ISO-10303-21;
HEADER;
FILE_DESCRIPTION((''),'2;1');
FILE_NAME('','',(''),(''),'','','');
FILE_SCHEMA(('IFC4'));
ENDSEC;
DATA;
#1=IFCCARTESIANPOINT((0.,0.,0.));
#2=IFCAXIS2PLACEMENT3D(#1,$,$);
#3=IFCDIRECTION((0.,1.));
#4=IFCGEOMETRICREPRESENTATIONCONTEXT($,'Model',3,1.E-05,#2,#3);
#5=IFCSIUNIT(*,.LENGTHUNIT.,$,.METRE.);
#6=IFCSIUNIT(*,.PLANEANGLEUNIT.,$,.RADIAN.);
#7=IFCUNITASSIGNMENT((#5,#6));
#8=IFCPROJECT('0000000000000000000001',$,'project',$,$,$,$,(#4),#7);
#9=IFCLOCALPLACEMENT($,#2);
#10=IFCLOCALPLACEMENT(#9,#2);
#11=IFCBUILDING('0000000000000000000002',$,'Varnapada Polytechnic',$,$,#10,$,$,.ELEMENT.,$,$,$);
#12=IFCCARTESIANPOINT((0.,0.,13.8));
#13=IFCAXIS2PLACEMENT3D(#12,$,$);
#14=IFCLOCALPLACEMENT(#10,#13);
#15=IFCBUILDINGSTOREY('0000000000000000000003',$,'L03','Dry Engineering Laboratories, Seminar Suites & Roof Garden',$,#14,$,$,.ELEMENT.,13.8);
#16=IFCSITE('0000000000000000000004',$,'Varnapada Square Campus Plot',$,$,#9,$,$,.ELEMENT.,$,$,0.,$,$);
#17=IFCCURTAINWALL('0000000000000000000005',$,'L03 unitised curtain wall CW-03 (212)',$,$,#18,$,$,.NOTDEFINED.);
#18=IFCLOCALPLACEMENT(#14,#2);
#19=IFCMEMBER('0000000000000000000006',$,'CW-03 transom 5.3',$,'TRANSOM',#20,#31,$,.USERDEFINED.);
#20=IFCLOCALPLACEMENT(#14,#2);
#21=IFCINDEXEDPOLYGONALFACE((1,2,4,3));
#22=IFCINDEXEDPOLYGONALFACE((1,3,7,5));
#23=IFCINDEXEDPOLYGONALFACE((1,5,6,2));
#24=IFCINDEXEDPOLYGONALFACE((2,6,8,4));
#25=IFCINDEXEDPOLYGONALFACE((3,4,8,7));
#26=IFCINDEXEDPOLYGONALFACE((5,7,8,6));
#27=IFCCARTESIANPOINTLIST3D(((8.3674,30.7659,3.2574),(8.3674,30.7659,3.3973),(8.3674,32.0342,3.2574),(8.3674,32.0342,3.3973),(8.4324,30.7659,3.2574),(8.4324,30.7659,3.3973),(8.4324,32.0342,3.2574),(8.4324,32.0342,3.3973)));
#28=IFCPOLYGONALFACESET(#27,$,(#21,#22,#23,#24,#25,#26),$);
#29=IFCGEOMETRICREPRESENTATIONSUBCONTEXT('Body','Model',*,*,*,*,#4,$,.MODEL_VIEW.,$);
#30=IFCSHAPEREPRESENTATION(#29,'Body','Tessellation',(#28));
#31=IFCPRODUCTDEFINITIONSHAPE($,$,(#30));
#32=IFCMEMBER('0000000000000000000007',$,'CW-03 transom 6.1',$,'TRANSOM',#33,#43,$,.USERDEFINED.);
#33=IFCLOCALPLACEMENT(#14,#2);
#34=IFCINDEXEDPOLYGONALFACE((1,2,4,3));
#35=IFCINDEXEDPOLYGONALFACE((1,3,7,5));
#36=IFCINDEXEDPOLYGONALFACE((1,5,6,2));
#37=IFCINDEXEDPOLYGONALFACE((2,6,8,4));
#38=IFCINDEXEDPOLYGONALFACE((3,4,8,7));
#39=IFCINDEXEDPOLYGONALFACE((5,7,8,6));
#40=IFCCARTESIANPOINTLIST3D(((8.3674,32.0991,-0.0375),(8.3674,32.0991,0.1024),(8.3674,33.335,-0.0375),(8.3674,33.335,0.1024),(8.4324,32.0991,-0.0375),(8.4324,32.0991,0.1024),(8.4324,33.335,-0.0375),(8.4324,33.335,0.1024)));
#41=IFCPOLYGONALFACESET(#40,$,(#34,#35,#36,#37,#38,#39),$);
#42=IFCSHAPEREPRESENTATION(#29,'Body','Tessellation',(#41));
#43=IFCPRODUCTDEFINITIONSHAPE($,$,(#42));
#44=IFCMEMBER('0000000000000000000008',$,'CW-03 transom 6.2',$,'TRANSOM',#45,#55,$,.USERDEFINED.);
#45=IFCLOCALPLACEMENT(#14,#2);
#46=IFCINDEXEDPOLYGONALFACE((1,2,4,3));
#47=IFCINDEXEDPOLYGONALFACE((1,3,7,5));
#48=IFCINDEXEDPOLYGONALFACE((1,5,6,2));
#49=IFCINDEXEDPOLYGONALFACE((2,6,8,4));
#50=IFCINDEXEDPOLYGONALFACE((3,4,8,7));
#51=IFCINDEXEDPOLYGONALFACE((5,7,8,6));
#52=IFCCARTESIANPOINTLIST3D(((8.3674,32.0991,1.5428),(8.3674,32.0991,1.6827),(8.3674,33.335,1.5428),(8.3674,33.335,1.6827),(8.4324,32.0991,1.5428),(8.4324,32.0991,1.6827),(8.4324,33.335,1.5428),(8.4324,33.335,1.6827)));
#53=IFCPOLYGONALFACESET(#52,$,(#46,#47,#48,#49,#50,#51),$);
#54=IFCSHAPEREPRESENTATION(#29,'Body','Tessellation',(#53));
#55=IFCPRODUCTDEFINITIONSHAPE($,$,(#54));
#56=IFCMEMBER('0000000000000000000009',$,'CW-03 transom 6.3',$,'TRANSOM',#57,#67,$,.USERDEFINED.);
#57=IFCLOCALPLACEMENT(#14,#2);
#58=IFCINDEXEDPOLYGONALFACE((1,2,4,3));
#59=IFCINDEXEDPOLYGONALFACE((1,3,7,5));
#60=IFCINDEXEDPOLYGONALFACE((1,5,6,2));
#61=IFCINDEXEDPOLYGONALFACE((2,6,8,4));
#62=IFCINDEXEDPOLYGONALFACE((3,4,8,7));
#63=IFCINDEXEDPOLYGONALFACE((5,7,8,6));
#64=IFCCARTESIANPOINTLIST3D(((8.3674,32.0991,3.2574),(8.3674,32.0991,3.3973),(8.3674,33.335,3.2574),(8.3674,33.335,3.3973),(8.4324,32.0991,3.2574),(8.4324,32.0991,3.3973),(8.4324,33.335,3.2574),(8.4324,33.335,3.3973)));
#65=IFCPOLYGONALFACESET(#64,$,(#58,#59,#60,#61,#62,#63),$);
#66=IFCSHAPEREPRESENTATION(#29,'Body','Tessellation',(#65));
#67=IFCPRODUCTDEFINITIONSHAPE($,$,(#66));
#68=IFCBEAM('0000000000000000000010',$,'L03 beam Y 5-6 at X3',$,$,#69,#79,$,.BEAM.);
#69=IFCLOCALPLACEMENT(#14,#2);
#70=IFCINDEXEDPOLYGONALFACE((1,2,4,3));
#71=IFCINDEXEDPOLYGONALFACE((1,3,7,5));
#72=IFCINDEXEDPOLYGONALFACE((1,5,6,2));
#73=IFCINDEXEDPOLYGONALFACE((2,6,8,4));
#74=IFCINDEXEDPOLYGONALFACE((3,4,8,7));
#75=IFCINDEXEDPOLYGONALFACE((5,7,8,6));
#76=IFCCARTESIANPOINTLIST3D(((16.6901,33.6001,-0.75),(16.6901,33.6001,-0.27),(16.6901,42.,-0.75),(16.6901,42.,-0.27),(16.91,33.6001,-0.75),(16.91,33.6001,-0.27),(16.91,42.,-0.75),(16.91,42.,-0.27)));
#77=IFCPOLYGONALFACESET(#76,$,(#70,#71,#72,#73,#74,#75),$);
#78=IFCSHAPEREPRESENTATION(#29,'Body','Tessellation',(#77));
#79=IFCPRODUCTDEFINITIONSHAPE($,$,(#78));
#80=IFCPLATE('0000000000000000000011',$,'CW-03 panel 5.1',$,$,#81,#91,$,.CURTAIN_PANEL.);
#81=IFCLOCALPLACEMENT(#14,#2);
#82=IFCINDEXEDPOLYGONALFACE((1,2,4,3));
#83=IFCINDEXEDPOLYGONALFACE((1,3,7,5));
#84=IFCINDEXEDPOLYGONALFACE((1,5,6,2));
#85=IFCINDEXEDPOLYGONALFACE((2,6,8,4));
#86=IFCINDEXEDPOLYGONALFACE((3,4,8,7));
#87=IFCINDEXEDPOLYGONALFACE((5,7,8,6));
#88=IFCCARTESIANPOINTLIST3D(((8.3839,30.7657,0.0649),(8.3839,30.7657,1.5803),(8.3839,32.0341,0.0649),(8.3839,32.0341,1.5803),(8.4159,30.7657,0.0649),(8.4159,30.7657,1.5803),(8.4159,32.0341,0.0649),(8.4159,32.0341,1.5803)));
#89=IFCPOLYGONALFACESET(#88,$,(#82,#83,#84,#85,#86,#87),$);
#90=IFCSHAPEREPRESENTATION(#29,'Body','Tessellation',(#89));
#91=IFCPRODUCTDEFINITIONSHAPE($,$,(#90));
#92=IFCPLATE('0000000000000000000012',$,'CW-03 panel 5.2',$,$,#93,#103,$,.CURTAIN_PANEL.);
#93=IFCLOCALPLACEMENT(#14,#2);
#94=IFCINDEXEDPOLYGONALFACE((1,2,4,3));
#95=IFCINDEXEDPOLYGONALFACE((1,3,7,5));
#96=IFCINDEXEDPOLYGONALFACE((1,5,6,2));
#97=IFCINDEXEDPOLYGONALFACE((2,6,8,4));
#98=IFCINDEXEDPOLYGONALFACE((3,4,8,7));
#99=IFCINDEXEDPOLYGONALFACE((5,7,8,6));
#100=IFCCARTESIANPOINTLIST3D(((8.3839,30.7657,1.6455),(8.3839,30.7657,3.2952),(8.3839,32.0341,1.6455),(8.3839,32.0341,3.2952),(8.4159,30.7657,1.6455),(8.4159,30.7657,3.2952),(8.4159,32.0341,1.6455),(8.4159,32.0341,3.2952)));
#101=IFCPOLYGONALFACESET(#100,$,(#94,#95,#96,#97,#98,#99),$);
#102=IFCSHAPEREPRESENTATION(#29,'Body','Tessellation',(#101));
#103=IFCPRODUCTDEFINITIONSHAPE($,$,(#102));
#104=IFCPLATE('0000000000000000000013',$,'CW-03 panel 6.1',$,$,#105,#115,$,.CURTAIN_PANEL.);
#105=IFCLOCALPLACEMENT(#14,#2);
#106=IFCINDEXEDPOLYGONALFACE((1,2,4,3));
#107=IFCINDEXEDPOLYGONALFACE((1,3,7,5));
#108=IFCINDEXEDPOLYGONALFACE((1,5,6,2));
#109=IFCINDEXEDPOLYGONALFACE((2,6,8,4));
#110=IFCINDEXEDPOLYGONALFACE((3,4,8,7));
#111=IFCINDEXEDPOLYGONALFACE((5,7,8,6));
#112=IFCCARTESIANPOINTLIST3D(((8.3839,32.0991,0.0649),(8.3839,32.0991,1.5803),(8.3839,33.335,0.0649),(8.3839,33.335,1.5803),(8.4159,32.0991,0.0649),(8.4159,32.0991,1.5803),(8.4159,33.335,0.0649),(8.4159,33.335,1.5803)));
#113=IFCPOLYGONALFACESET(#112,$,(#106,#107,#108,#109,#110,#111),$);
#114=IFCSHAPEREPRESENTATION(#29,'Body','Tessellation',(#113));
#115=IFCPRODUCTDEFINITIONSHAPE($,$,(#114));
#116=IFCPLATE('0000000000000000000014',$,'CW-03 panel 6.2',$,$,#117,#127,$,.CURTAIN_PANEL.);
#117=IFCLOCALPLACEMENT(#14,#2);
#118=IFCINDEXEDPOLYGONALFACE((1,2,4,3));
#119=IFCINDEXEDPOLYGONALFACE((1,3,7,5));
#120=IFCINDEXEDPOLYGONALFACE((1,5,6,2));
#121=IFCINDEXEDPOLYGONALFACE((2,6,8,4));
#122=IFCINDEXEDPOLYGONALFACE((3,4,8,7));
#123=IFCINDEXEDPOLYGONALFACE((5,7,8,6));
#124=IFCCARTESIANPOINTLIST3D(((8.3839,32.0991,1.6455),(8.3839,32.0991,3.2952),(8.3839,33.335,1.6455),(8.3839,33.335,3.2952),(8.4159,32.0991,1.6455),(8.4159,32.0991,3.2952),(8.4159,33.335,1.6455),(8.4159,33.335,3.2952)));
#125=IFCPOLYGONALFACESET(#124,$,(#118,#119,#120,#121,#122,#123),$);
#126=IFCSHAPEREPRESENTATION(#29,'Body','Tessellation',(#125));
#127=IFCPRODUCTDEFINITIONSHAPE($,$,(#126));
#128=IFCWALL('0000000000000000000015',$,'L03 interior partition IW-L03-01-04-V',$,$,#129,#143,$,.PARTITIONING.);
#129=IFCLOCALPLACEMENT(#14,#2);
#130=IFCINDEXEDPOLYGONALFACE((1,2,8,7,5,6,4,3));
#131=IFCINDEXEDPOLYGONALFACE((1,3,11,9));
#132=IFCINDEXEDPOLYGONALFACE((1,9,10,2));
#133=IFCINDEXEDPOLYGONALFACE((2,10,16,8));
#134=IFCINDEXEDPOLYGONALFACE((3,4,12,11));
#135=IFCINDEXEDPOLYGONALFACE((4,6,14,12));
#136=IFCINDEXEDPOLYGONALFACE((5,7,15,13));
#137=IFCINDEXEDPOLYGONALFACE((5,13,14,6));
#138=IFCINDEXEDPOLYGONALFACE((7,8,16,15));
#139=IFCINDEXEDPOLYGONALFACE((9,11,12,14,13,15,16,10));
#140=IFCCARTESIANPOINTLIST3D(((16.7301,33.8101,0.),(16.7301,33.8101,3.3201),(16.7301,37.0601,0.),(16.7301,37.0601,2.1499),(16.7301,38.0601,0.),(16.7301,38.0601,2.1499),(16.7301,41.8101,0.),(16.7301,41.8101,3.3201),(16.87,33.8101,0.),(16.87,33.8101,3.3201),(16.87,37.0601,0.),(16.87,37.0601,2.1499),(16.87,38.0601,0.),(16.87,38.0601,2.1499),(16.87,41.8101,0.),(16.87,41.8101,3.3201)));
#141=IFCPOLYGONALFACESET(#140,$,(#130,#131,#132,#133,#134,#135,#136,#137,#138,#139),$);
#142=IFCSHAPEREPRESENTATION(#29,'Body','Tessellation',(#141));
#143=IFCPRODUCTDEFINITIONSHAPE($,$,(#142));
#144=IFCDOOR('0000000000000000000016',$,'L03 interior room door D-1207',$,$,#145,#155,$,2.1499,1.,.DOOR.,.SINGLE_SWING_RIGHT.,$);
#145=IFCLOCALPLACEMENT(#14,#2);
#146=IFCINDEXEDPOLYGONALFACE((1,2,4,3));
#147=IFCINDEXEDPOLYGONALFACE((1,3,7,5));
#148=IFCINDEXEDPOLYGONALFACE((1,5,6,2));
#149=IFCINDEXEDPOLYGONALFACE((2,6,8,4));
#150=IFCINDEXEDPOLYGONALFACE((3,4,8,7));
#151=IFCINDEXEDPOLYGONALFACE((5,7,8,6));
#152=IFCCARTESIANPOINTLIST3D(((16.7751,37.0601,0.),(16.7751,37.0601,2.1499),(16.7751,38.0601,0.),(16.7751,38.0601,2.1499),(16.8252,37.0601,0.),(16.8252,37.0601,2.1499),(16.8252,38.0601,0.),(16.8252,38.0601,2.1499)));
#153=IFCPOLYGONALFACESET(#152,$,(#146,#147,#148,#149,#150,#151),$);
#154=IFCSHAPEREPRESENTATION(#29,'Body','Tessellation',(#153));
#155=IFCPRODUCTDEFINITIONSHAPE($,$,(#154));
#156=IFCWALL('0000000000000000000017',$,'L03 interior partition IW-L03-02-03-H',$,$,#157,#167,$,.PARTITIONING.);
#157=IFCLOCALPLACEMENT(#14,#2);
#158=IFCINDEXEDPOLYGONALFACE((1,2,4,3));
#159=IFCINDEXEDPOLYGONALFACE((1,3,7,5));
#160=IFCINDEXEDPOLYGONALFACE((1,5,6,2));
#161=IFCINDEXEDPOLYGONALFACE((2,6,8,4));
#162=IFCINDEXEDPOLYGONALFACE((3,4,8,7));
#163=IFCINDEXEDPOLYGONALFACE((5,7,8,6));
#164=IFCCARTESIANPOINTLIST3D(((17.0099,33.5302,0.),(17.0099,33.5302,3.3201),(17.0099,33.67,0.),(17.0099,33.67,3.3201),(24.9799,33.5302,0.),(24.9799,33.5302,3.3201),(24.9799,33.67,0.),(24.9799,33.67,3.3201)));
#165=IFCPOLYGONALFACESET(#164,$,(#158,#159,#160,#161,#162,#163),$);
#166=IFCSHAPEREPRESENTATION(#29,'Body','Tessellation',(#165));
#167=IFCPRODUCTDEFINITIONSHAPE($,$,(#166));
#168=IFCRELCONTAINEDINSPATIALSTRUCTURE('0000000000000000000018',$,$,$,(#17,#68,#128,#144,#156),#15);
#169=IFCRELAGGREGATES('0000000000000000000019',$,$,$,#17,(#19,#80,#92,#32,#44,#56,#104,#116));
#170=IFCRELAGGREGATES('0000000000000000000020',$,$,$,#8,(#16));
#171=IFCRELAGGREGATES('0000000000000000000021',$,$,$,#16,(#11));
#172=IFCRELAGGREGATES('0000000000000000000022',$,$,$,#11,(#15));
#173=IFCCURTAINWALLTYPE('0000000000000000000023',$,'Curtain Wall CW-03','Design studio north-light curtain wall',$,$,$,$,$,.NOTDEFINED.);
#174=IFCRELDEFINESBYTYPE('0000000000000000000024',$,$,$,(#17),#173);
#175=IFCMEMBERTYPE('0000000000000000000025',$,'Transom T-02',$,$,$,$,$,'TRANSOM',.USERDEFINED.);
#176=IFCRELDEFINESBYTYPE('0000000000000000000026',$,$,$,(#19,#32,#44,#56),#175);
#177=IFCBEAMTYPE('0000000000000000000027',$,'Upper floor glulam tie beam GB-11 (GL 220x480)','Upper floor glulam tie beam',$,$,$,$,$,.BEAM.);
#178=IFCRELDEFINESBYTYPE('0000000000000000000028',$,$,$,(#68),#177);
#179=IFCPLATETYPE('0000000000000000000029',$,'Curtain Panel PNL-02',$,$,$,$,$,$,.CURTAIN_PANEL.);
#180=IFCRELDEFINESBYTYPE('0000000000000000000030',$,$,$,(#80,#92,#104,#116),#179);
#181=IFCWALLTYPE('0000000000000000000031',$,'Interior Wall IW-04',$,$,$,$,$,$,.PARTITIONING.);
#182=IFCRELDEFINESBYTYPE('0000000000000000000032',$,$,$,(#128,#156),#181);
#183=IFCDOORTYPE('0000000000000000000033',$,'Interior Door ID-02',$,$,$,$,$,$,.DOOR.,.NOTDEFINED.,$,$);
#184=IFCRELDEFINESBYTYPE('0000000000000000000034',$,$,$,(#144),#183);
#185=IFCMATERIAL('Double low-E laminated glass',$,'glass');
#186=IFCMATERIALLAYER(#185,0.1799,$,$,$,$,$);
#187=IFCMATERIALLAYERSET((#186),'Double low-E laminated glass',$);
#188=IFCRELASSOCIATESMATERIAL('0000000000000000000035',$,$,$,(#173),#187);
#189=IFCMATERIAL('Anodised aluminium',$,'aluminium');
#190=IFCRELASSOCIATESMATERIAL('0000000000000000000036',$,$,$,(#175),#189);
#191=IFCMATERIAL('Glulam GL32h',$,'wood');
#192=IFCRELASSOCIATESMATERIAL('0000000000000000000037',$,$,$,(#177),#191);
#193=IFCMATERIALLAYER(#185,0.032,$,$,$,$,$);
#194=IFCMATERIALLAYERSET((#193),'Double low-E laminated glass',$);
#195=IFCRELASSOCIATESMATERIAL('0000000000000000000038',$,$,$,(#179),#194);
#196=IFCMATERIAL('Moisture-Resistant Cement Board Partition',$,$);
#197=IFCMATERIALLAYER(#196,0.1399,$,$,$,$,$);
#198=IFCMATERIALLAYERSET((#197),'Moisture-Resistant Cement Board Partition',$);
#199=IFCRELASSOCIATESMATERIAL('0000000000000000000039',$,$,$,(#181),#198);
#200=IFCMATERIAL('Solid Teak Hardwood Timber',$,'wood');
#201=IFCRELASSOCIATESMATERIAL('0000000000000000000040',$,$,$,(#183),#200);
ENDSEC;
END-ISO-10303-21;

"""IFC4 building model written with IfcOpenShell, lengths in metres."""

from ifc_helpers import new_model, si_unit, direction, frame, frame_2d, origin, origin_2d, place, context, subcontext, project, spatial, rectangle, extrude, material, layer, layer_set, material_profile, profile_set, type_object, element, fill, aggregate, save


model = new_model("IFC4")

# Units and contexts
model_context = context("Model", 3, precision=1e-05, world=origin(), true_north=direction((0.0, 1.0)))
body_context = subcontext(model_context, "Body", "Model", "MODEL_VIEW")
ifc_project = project(units=[si_unit("LENGTHUNIT", "METRE"), si_unit("PLANEANGLEUNIT", "RADIAN")], contexts=[model_context])

# Site, building, storey
site_placement = place(None, origin())
site = spatial("IfcSite", under=ifc_project, at=site_placement, Name="Varnapada Square Campus Plot", CompositionType="ELEMENT", RefElevation=0.0)
building_placement = place(site_placement, origin())
building = spatial("IfcBuilding", under=site, at=building_placement, Name="Varnapada Polytechnic", CompositionType="ELEMENT")
storey_placement = place(building_placement, frame((0.0, 0.0, 13.8)))
storey = spatial("IfcBuildingStorey", under=building, at=storey_placement, Name="L03", Description="Dry Engineering Laboratories, Seminar Suites & Roof Garden", CompositionType="ELEMENT", Elevation=13.8)

# Shared definitions
ifc_material_1 = material(Name="Glulam GL32h", Category="wood")

# Curtain wall
ifc_material_2 = material(Name="Double low-E laminated glass", Category="glass")
ifc_layer_1 = layer(ifc_material_2, 0.1799)
ifc_layer_set_1 = layer_set([ifc_layer_1], Name="Double low-E laminated glass")
curtain_wall_type = type_object("IfcCurtainWallType", Name="Curtain Wall CW-03", Description="Design studio north-light curtain wall", PredefinedType="NOTDEFINED", material=ifc_layer_set_1)
curtain_wall_placement = place(storey_placement, origin())
curtain_wall = element("IfcCurtainWall", 1, at=curtain_wall_placement, inside=storey, type_object=curtain_wall_type, Name="L03 unitised curtain wall CW-03 (212)", PredefinedType="NOTDEFINED")
ifc_material_3 = material(Name="Anodised aluminium", Category="aluminium")

# Members
ifc_material_profile_1 = material_profile(ifc_material_3, rectangle(XDim=0.0649, YDim=0.1399, at=origin_2d()), Name="ALU T65x140")
ifc_profile_set_1 = profile_set([ifc_material_profile_1], Name="Anodised aluminium")
member_type_1 = type_object("IfcMemberType", Name="Transom T-02", ElementType="TRANSOM", PredefinedType="USERDEFINED", material=ifc_profile_set_1)
member_1_placement = place(storey_placement, frame((8.3999, 30.7659, 3.3274), z_axis=(0.0, 1.0, 0.0), x_axis=(-1.0, 0.0, 0.0)))
member_1 = element("IfcMember", 2, at=member_1_placement, type_object=member_type_1, Name="CW-03 transom 5.3", ObjectType="TRANSOM", PredefinedType="USERDEFINED", context=body_context, shape_type="SweptSolid", body=[
    extrude(rectangle(XDim=0.0649, YDim=0.1399, at=origin_2d()), origin(), (0.0, 0.0, 1.0), 1.2683),
])
member_2_placement = place(storey_placement, frame((8.3999, 32.0991, 0.0325), z_axis=(0.0, 1.0, 0.0), x_axis=(-1.0, 0.0, 0.0)))
member_2 = element("IfcMember", 3, at=member_2_placement, type_object=member_type_1, Name="CW-03 transom 6.1", ObjectType="TRANSOM", PredefinedType="USERDEFINED", context=body_context, shape_type="SweptSolid", body=[
    extrude(rectangle(XDim=0.0649, YDim=0.1399, at=origin_2d()), origin(), (0.0, 0.0, 1.0), 1.2358),
])
member_3_placement = place(storey_placement, frame((8.3999, 32.0991, 1.6128), z_axis=(0.0, 1.0, 0.0), x_axis=(-1.0, 0.0, 0.0)))
member_3 = element("IfcMember", 4, at=member_3_placement, type_object=member_type_1, Name="CW-03 transom 6.2", ObjectType="TRANSOM", PredefinedType="USERDEFINED", context=body_context, shape_type="SweptSolid", body=[
    extrude(rectangle(XDim=0.0649, YDim=0.1399, at=origin_2d()), origin(), (0.0, 0.0, 1.0), 1.2358),
])
member_4_placement = place(storey_placement, frame((8.3999, 32.0991, 3.3274), z_axis=(0.0, 1.0, 0.0), x_axis=(-1.0, 0.0, 0.0)))
member_4 = element("IfcMember", 5, at=member_4_placement, type_object=member_type_1, Name="CW-03 transom 6.3", ObjectType="TRANSOM", PredefinedType="USERDEFINED", context=body_context, shape_type="SweptSolid", body=[
    extrude(rectangle(XDim=0.0649, YDim=0.1399, at=origin_2d()), origin(), (0.0, 0.0, 1.0), 1.2358),
])

# Beam
ifc_material_profile_2 = material_profile(ifc_material_1, rectangle(XDim=0.22, YDim=0.48, at=origin_2d()), Name="GL 220x480")
ifc_profile_set_2 = profile_set([ifc_material_profile_2], Name="Glulam GL32h")
beam_type_1 = type_object("IfcBeamType", Name="Upper floor glulam tie beam GB-11 (GL 220x480)", Description="Upper floor glulam tie beam", PredefinedType="BEAM", material=ifc_profile_set_2)
beam_1_placement = place(storey_placement, frame((16.8, 33.6001, -0.51), z_axis=(0.0, 1.0, 0.0), x_axis=(-1.0, 0.0, 0.0)))
element("IfcBeam", 6, at=beam_1_placement, inside=storey, type_object=beam_type_1, Name="L03 beam Y 5-6 at X3", PredefinedType="BEAM", context=body_context, shape_type="SweptSolid", body=[
    extrude(rectangle(XDim=0.22, YDim=0.48, at=origin_2d()), origin(), (0.0, 0.0, 1.0), 8.3999),
])

# Plates
ifc_layer_2 = layer(ifc_material_2, 0.032)
ifc_layer_set_2 = layer_set([ifc_layer_2], Name="Double low-E laminated glass")
plate_type = type_object("IfcPlateType", Name="Curtain Panel PNL-02", PredefinedType="CURTAIN_PANEL", material=ifc_layer_set_2)
plate_1_placement = place(storey_placement, frame((8.3999, 31.3999, 0.0649), z_axis=(0.0, 0.0, 1.0), x_axis=(0.0, 1.0, 0.0)))
plate_1 = element("IfcPlate", 7, at=plate_1_placement, type_object=plate_type, Name="CW-03 panel 5.1", PredefinedType="CURTAIN_PANEL", context=body_context, shape_type="SweptSolid", body=[
    extrude(rectangle(XDim=1.2683, YDim=0.032, at=origin_2d()), origin(), (0.0, 0.0, 1.0), 1.5154),
])
plate_2_placement = place(storey_placement, frame((8.3999, 31.3999, 1.6455), z_axis=(0.0, 0.0, 1.0), x_axis=(0.0, 1.0, 0.0)))
plate_2 = element("IfcPlate", 8, at=plate_2_placement, type_object=plate_type, Name="CW-03 panel 5.2", PredefinedType="CURTAIN_PANEL", context=body_context, shape_type="SweptSolid", body=[
    extrude(rectangle(XDim=1.2683, YDim=0.032, at=origin_2d()), origin(), (0.0, 0.0, 1.0), 1.6497),
])
plate_3_placement = place(storey_placement, frame((8.3999, 32.717, 0.0649), z_axis=(0.0, 0.0, 1.0), x_axis=(0.0, 1.0, 0.0)))
plate_3 = element("IfcPlate", 9, at=plate_3_placement, type_object=plate_type, Name="CW-03 panel 6.1", PredefinedType="CURTAIN_PANEL", context=body_context, shape_type="SweptSolid", body=[
    extrude(rectangle(XDim=1.2358, YDim=0.032, at=origin_2d()), origin(), (0.0, 0.0, 1.0), 1.5154),
])
plate_4_placement = place(storey_placement, frame((8.3999, 32.717, 1.6455), z_axis=(0.0, 0.0, 1.0), x_axis=(0.0, 1.0, 0.0)))
plate_4 = element("IfcPlate", 10, at=plate_4_placement, type_object=plate_type, Name="CW-03 panel 6.2", PredefinedType="CURTAIN_PANEL", context=body_context, shape_type="SweptSolid", body=[
    extrude(rectangle(XDim=1.2358, YDim=0.032, at=origin_2d()), origin(), (0.0, 0.0, 1.0), 1.6497),
])
aggregate(curtain_wall, [member_1, plate_1, plate_2, member_2, member_3, member_4, plate_3, plate_4])

# Wall, opening, door
ifc_material_4 = material(Name="Moisture-Resistant Cement Board Partition")
ifc_layer_3 = layer(ifc_material_4, 0.1399)
ifc_layer_set_3 = layer_set([ifc_layer_3], Name="Moisture-Resistant Cement Board Partition")
wall_type_1 = type_object("IfcWallType", Name="Interior Wall IW-04", PredefinedType="PARTITIONING", material=ifc_layer_set_3)
wall_1_placement = place(storey_placement, frame((16.8, 33.8101, 0.0), z_axis=(0.0, 0.0, 1.0), x_axis=(0.0, 1.0, 0.0)))
wall_1 = element("IfcWall", 11, at=wall_1_placement, inside=storey, type_object=wall_type_1, Name="L03 interior partition IW-L03-01-04-V", PredefinedType="PARTITIONING", context=body_context, shape_type="SweptSolid", body=[
    extrude(rectangle(XDim=8.0, YDim=0.1399, at=frame_2d((4.0, 0.0))), origin(), (0.0, 0.0, 1.0), 3.3201),
])
opening_1_placement = place(wall_1_placement, frame((3.25, 0.0, 0.0)))
opening_1 = element("IfcOpeningElement", 12, at=opening_1_placement, cuts=wall_1, PredefinedType="OPENING", context=body_context, shape_type="SweptSolid", body=[
    extrude(rectangle(XDim=1.0, YDim=2.1499, at=frame_2d((0.5, 1.075))), frame((0.0, 0.0798, 0.0), z_axis=(0.0, -1.0, 0.0), x_axis=(1.0, 0.0, 0.0)), (0.0, 0.0, 1.0), 0.1599),
])
ifc_material_5 = material(Name="Solid Teak Hardwood Timber", Category="wood")
door_type = type_object("IfcDoorType", Name="Interior Door ID-02", OperationType="NOTDEFINED", PredefinedType="DOOR", material=ifc_material_5)
door_placement = place(opening_1_placement, origin())
door = element("IfcDoor", 13, at=door_placement, inside=storey, type_object=door_type, Name="L03 interior room door D-1207", OperationType="SINGLE_SWING_RIGHT", OverallHeight=2.1499, OverallWidth=1.0, PredefinedType="DOOR", context=body_context, shape_type="SweptSolid", body=[
    extrude(rectangle(XDim=1.0, YDim=2.1499, at=frame_2d((0.5, 1.075))), frame((0.0, 0.0249, 0.0), z_axis=(0.0, -1.0, 0.0), x_axis=(1.0, 0.0, 0.0)), (0.0, 0.0, 1.0), 0.05),
])
fill(opening_1, door)

# Wall
wall_2_placement = place(storey_placement, frame((17.01, 33.6001, 0.0), z_axis=(0.0, 0.0, 1.0), x_axis=(1.0, 0.0, 0.0)))
element("IfcWall", 14, at=wall_2_placement, inside=storey, type_object=wall_type_1, Name="L03 interior partition IW-L03-02-03-H", PredefinedType="PARTITIONING", context=body_context, shape_type="SweptSolid", body=[
    extrude(rectangle(XDim=7.97, YDim=0.1399, at=frame_2d((3.9849, 0.0))), origin(), (0.0, 0.0, 1.0), 3.3201),
])

save(model, "model.ifc")
